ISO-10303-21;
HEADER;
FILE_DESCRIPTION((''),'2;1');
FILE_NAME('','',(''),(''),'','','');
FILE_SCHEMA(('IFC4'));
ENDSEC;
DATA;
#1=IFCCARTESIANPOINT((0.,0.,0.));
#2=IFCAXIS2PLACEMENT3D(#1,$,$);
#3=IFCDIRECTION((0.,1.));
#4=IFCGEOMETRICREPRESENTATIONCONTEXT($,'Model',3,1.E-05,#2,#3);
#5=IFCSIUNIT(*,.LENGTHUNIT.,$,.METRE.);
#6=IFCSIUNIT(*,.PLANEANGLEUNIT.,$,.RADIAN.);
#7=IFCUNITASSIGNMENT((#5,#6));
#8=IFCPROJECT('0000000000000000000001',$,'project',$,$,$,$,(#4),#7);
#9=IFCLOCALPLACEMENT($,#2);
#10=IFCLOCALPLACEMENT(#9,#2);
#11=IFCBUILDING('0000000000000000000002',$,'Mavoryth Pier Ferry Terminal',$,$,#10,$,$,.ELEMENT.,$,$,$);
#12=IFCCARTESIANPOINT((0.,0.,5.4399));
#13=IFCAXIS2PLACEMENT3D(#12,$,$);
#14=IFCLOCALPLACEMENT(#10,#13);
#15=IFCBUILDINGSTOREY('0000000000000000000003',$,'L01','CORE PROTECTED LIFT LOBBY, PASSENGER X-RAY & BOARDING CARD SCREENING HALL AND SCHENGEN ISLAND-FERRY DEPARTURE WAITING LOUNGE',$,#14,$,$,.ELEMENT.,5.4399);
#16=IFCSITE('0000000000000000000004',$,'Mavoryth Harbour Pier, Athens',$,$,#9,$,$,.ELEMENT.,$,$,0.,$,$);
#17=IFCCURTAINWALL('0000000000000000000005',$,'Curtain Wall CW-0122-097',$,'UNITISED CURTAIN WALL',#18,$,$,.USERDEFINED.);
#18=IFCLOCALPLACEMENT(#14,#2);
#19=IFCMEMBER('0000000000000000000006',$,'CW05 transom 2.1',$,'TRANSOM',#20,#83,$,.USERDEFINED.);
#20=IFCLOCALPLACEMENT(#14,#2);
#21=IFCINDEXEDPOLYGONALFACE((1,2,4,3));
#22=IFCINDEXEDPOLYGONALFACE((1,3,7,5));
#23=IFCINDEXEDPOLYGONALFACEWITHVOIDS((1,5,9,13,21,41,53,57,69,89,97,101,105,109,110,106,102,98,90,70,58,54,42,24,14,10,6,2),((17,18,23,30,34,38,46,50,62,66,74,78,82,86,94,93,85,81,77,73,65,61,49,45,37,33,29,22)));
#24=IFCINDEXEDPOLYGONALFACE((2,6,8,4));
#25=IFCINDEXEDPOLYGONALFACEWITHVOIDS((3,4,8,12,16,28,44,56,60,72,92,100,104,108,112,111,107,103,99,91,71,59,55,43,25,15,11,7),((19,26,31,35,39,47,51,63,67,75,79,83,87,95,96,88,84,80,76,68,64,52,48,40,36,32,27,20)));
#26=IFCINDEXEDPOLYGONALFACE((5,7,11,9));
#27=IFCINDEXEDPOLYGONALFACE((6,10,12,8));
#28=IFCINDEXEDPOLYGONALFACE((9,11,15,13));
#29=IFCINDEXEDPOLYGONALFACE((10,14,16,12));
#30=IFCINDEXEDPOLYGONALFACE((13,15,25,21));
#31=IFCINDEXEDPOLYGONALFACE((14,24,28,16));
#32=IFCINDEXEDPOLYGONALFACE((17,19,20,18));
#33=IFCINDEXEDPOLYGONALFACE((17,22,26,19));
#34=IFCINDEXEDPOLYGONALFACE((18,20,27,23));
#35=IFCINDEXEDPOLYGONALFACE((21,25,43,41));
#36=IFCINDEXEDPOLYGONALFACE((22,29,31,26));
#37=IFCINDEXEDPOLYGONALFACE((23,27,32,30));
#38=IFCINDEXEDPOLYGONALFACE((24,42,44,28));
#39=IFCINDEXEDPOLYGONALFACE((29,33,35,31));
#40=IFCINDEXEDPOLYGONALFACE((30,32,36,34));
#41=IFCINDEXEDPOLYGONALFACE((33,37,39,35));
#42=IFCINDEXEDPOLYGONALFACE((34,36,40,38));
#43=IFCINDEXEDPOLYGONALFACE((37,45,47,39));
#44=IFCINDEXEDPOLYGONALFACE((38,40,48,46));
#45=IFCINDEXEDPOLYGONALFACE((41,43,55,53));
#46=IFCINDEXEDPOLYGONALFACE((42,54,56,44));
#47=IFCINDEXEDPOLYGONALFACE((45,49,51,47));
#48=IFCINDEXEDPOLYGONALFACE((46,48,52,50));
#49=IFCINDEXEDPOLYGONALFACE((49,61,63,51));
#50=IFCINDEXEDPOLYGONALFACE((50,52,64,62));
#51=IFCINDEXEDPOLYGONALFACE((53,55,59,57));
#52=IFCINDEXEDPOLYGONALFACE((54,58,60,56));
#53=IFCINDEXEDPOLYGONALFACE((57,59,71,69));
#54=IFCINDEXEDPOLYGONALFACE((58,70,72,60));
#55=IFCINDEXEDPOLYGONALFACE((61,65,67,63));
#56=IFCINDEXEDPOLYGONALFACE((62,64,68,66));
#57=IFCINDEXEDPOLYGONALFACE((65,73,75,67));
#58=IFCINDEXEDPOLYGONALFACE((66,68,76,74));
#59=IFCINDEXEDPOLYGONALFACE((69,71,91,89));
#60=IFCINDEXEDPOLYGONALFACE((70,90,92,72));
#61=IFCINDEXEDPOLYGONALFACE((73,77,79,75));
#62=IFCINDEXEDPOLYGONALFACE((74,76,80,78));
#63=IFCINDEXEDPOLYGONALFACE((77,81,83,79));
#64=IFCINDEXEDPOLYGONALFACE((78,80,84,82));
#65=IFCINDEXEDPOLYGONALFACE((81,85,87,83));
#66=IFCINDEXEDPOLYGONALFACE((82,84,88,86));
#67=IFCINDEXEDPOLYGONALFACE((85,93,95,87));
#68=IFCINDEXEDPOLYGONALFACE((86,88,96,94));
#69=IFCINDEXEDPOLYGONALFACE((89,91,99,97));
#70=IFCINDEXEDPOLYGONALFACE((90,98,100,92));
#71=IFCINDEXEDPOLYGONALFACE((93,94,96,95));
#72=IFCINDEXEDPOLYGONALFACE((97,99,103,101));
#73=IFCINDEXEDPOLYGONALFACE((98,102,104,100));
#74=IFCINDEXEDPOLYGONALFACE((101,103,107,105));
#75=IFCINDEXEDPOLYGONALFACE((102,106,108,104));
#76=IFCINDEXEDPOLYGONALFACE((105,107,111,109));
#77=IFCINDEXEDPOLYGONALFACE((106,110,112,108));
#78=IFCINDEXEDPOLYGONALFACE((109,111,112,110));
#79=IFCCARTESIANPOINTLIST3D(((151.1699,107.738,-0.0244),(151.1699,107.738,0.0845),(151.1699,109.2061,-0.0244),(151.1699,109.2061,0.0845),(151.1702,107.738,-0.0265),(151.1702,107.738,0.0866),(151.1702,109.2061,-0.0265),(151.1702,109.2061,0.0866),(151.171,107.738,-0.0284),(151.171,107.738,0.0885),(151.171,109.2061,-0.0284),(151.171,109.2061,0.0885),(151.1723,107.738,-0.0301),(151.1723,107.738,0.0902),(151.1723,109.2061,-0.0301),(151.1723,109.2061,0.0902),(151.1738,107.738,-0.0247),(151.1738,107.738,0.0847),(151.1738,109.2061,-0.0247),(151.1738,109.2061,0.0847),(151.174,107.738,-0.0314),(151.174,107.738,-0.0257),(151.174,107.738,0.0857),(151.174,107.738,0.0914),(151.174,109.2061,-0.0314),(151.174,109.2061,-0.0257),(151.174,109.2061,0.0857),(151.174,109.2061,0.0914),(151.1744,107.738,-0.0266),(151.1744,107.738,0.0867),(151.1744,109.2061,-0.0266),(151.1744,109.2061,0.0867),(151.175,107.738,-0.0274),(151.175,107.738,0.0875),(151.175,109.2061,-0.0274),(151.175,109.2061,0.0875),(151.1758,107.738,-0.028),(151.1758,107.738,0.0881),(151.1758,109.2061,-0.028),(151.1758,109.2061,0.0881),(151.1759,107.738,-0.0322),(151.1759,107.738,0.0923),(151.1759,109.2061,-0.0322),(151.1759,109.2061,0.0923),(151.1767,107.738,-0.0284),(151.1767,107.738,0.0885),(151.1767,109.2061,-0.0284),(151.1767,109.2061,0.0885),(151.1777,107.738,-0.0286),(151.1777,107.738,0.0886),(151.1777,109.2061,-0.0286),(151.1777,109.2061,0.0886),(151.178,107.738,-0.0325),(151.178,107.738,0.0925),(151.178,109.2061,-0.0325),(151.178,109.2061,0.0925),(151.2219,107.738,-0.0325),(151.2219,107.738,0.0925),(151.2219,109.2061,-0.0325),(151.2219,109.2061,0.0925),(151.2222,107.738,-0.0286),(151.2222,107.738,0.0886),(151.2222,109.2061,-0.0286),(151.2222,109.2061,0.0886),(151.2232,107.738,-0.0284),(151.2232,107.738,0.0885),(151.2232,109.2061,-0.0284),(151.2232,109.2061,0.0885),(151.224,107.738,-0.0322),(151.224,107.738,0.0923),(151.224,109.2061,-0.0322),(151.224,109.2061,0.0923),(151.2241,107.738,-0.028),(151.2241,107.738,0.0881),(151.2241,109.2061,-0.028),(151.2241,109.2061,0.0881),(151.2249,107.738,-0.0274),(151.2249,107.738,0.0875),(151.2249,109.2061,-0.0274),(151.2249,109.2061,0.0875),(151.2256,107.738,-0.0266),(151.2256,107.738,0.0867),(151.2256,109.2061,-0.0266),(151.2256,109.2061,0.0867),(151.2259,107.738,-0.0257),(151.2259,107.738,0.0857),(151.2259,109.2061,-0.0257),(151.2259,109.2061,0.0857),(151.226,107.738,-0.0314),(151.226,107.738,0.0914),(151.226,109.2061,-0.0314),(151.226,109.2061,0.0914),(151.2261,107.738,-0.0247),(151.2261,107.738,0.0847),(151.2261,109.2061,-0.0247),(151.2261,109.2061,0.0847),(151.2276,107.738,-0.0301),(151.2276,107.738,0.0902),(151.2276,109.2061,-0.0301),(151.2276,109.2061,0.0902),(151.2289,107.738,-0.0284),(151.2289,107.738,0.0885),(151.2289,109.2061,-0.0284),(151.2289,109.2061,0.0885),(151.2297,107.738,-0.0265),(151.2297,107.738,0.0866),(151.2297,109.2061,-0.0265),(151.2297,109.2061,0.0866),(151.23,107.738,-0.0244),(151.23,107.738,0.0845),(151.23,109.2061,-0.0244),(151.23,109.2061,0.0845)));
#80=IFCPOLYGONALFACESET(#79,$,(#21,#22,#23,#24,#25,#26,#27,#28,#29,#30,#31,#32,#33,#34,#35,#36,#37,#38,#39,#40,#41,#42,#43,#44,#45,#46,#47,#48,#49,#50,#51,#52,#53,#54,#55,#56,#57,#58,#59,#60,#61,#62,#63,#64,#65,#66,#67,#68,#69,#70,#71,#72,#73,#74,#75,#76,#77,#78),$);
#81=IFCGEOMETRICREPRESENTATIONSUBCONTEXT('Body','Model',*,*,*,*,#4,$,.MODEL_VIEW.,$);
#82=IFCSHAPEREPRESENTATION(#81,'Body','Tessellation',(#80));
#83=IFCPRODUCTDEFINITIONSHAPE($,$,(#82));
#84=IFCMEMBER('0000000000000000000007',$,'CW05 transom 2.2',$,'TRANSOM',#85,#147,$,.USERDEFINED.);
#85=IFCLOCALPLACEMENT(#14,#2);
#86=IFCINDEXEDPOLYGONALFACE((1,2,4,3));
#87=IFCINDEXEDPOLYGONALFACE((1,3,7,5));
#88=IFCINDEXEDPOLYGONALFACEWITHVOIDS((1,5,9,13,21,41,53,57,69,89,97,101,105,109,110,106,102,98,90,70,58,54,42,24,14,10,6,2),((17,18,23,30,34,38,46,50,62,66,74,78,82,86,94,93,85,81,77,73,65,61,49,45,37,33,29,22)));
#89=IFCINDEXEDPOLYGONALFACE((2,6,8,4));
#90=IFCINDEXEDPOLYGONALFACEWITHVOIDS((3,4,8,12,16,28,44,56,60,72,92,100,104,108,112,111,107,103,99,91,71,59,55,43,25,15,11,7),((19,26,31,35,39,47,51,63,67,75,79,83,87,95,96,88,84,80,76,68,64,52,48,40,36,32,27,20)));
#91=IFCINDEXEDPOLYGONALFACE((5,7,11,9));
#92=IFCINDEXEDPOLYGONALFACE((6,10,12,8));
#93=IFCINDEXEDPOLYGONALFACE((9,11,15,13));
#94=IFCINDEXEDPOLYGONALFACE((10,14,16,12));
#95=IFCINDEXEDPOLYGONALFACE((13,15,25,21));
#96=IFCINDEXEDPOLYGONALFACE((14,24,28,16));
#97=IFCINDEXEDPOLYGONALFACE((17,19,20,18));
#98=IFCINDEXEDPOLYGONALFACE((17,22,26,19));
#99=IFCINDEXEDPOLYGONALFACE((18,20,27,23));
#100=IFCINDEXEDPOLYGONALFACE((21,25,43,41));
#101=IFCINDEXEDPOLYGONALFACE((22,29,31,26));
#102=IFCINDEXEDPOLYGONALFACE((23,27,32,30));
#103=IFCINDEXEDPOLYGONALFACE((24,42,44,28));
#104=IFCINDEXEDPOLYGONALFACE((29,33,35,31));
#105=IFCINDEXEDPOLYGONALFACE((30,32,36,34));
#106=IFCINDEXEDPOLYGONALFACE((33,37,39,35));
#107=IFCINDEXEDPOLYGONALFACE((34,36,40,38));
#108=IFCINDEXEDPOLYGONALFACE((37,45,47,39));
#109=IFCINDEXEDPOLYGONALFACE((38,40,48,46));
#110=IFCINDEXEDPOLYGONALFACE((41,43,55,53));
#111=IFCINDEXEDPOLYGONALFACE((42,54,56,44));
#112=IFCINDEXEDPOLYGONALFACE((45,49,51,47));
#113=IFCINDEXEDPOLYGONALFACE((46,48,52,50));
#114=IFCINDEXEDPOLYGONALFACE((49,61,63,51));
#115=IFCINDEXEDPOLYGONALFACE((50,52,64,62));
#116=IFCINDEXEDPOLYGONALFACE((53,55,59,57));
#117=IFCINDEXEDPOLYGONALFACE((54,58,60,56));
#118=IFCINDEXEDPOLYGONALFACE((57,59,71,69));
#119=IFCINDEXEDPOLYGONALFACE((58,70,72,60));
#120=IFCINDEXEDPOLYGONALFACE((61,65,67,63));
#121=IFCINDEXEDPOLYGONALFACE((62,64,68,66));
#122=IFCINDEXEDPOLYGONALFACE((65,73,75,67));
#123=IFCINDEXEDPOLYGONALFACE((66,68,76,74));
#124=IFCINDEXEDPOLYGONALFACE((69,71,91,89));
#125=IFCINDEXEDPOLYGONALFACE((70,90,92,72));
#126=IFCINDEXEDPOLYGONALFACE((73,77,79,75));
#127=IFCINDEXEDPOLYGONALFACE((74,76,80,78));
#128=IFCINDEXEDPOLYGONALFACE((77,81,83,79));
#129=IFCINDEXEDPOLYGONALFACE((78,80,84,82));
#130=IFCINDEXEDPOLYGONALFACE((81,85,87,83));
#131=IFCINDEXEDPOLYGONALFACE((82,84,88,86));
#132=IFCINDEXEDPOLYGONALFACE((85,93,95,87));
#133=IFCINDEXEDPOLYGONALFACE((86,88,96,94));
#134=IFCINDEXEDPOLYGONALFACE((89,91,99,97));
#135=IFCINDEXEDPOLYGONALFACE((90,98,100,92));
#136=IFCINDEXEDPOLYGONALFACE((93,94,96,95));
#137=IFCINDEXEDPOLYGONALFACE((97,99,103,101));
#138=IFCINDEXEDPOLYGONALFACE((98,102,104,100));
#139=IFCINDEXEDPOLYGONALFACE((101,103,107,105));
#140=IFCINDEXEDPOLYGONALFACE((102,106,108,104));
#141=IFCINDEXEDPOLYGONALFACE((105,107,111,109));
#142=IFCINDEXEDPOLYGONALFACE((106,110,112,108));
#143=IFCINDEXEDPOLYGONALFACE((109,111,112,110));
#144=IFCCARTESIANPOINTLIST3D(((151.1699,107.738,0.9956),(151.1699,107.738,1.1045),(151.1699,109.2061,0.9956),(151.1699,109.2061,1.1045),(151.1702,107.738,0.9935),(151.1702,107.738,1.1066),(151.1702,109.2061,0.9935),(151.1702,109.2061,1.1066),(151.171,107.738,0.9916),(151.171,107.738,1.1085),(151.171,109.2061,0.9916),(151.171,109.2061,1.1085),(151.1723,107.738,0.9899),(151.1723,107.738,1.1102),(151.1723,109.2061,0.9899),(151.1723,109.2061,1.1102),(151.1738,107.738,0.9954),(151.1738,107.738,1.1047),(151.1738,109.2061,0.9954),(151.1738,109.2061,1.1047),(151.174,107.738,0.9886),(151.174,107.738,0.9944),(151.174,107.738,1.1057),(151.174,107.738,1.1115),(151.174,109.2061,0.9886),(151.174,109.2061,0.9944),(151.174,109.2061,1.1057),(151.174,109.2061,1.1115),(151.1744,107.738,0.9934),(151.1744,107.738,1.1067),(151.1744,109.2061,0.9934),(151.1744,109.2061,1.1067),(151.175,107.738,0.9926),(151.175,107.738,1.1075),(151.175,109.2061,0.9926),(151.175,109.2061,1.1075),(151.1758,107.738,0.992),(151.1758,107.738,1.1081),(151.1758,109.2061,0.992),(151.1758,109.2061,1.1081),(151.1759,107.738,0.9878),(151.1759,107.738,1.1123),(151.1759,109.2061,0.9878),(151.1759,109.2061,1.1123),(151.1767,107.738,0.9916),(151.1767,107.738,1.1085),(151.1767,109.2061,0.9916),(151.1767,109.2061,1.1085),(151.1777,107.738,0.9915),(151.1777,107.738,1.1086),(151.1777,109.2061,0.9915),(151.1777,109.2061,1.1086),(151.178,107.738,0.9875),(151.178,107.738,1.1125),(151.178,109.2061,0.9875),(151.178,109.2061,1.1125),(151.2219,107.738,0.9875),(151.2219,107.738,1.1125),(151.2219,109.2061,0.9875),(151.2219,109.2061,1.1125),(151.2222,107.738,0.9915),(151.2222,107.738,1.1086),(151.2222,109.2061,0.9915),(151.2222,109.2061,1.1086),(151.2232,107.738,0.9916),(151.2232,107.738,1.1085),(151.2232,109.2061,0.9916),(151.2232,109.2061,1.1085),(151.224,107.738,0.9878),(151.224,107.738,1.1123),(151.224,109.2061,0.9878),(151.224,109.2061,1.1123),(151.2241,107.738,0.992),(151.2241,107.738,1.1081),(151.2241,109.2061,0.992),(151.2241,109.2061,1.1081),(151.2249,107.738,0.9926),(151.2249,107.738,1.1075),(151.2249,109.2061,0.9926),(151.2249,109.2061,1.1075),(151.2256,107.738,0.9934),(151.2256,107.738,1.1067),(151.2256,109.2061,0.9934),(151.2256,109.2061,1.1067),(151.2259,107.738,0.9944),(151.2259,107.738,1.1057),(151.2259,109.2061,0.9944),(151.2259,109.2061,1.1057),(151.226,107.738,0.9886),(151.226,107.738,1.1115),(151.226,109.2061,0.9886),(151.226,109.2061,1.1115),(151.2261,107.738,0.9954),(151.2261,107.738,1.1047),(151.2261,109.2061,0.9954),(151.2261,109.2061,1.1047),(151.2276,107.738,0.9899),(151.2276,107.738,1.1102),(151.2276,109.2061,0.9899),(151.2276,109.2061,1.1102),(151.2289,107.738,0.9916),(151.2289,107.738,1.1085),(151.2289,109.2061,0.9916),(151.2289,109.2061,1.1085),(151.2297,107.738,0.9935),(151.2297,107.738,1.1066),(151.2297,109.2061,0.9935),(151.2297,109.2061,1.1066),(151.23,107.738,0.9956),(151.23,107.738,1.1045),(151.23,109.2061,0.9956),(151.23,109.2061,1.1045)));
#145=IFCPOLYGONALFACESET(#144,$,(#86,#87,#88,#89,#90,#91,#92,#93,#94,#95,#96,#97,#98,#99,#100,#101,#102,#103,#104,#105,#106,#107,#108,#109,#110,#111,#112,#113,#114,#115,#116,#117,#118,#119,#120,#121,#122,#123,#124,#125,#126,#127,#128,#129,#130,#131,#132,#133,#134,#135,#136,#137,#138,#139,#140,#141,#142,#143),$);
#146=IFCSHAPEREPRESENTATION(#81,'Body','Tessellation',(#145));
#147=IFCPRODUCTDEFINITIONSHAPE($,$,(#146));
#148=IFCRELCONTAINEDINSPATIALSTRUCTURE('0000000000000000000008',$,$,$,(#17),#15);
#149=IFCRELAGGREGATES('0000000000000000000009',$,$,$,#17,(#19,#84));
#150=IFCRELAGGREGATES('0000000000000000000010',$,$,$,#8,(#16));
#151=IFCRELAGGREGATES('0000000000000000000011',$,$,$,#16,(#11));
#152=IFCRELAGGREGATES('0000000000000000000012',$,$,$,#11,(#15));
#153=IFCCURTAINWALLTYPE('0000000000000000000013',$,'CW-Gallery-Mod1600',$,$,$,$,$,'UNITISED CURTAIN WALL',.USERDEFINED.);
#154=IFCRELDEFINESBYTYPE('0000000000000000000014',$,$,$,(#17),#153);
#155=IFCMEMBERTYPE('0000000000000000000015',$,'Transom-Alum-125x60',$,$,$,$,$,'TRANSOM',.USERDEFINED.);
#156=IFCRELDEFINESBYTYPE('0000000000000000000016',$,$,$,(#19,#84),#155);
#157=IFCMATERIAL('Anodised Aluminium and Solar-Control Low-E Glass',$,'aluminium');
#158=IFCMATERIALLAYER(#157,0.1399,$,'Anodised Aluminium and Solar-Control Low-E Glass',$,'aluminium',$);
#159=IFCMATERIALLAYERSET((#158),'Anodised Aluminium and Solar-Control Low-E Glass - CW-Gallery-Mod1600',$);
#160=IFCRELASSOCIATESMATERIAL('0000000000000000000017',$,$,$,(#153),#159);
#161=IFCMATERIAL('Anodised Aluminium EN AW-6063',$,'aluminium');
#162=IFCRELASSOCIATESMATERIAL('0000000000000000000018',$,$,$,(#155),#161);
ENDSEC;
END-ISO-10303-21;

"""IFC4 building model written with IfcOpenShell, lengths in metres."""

from ifc_helpers import new_model, si_unit, direction, frame, origin, origin_2d, place, context, subcontext, project, spatial, hollow_rectangle, extrude, material, layer, layer_set, material_profile, profile_set, type_object, element, aggregate, save


model = new_model("IFC4")

# Units and contexts
model_context = context("Model", 3, precision=1e-05, world=origin(), true_north=direction((0.0, 1.0)))
body_context = subcontext(model_context, "Body", "Model", "MODEL_VIEW")
ifc_project = project(units=[si_unit("LENGTHUNIT", "METRE"), si_unit("PLANEANGLEUNIT", "RADIAN")], contexts=[model_context])

# Site, building, storey
site_placement = place(None, origin())
site = spatial("IfcSite", under=ifc_project, at=site_placement, Name="Mavoryth Harbour Pier, Athens", CompositionType="ELEMENT", RefElevation=0.0)
building_placement = place(site_placement, origin())
building = spatial("IfcBuilding", under=site, at=building_placement, Name="Mavoryth Pier Ferry Terminal", CompositionType="ELEMENT")
storey_placement = place(building_placement, frame((0.0, 0.0, 5.4399)))
storey = spatial("IfcBuildingStorey", under=building, at=storey_placement, Name="L01", Description="CORE PROTECTED LIFT LOBBY, PASSENGER X-RAY & BOARDING CARD SCREENING HALL AND SCHENGEN ISLAND-FERRY DEPARTURE WAITING LOUNGE", CompositionType="ELEMENT", Elevation=5.4399)

# Curtain wall
ifc_material_1 = material(Name="Anodised Aluminium and Solar-Control Low-E Glass", Category="aluminium")
ifc_layer_1 = layer(ifc_material_1, 0.1399, Name="Anodised Aluminium and Solar-Control Low-E Glass", Category="aluminium")
ifc_layer_set_1 = layer_set([ifc_layer_1], Name="Anodised Aluminium and Solar-Control Low-E Glass - CW-Gallery-Mod1600")
curtain_wall_type = type_object("IfcCurtainWallType", Name="CW-Gallery-Mod1600", ElementType="UNITISED CURTAIN WALL", PredefinedType="USERDEFINED", material=ifc_layer_set_1)
ifc_material_2 = material(Name="Anodised Aluminium EN AW-6063", Category="aluminium")
curtain_wall_1_placement = place(storey_placement, origin())
curtain_wall_1 = element("IfcCurtainWall", 1, at=curtain_wall_1_placement, inside=storey, type_object=curtain_wall_type, Name="Curtain Wall CW-0122-097", ObjectType="UNITISED CURTAIN WALL", PredefinedType="USERDEFINED")

# Members
ifc_material_profile_1 = material_profile(ifc_material_2, hollow_rectangle(XDim=0.0601, YDim=0.125, WallThickness=0.0039, InnerFilletRadius=0.0039, OuterFilletRadius=0.0081, at=origin_2d()), Name="AL-TRAN 125x60x4", Category="aluminium")
ifc_profile_set_1 = profile_set([ifc_material_profile_1], Name="Anodised Aluminium EN AW-6063 - AL-TRAN 125x60x4")
member_type_1 = type_object("IfcMemberType", Name="Transom-Alum-125x60", ElementType="TRANSOM", PredefinedType="USERDEFINED", material=ifc_profile_set_1)
member_1_placement = place(storey_placement, frame((151.2, 107.738, 0.03), z_axis=(0.0, 1.0, 0.0), x_axis=(-1.0, 0.0, 0.0)))
member_1 = element("IfcMember", 2, at=member_1_placement, type_object=member_type_1, Name="CW05 transom 2.1", ObjectType="TRANSOM", PredefinedType="USERDEFINED", context=body_context, shape_type="SweptSolid", body=[
    extrude(hollow_rectangle(XDim=0.0601, YDim=0.125, WallThickness=0.0039, InnerFilletRadius=0.0039, OuterFilletRadius=0.0081, at=origin_2d()), origin(), (0.0, 0.0, 1.0), 1.468),
])
member_2_placement = place(storey_placement, frame((151.2, 107.738, 1.05), z_axis=(0.0, 1.0, 0.0), x_axis=(-1.0, 0.0, 0.0)))
member_2 = element("IfcMember", 3, at=member_2_placement, type_object=member_type_1, Name="CW05 transom 2.2", ObjectType="TRANSOM", PredefinedType="USERDEFINED", context=body_context, shape_type="SweptSolid", body=[
    extrude(hollow_rectangle(XDim=0.0601, YDim=0.125, WallThickness=0.0039, InnerFilletRadius=0.0039, OuterFilletRadius=0.0081, at=origin_2d()), origin(), (0.0, 0.0, 1.0), 1.468),
])

aggregate(curtain_wall_1, [member_1, member_2])

save(model, "model.ifc")
